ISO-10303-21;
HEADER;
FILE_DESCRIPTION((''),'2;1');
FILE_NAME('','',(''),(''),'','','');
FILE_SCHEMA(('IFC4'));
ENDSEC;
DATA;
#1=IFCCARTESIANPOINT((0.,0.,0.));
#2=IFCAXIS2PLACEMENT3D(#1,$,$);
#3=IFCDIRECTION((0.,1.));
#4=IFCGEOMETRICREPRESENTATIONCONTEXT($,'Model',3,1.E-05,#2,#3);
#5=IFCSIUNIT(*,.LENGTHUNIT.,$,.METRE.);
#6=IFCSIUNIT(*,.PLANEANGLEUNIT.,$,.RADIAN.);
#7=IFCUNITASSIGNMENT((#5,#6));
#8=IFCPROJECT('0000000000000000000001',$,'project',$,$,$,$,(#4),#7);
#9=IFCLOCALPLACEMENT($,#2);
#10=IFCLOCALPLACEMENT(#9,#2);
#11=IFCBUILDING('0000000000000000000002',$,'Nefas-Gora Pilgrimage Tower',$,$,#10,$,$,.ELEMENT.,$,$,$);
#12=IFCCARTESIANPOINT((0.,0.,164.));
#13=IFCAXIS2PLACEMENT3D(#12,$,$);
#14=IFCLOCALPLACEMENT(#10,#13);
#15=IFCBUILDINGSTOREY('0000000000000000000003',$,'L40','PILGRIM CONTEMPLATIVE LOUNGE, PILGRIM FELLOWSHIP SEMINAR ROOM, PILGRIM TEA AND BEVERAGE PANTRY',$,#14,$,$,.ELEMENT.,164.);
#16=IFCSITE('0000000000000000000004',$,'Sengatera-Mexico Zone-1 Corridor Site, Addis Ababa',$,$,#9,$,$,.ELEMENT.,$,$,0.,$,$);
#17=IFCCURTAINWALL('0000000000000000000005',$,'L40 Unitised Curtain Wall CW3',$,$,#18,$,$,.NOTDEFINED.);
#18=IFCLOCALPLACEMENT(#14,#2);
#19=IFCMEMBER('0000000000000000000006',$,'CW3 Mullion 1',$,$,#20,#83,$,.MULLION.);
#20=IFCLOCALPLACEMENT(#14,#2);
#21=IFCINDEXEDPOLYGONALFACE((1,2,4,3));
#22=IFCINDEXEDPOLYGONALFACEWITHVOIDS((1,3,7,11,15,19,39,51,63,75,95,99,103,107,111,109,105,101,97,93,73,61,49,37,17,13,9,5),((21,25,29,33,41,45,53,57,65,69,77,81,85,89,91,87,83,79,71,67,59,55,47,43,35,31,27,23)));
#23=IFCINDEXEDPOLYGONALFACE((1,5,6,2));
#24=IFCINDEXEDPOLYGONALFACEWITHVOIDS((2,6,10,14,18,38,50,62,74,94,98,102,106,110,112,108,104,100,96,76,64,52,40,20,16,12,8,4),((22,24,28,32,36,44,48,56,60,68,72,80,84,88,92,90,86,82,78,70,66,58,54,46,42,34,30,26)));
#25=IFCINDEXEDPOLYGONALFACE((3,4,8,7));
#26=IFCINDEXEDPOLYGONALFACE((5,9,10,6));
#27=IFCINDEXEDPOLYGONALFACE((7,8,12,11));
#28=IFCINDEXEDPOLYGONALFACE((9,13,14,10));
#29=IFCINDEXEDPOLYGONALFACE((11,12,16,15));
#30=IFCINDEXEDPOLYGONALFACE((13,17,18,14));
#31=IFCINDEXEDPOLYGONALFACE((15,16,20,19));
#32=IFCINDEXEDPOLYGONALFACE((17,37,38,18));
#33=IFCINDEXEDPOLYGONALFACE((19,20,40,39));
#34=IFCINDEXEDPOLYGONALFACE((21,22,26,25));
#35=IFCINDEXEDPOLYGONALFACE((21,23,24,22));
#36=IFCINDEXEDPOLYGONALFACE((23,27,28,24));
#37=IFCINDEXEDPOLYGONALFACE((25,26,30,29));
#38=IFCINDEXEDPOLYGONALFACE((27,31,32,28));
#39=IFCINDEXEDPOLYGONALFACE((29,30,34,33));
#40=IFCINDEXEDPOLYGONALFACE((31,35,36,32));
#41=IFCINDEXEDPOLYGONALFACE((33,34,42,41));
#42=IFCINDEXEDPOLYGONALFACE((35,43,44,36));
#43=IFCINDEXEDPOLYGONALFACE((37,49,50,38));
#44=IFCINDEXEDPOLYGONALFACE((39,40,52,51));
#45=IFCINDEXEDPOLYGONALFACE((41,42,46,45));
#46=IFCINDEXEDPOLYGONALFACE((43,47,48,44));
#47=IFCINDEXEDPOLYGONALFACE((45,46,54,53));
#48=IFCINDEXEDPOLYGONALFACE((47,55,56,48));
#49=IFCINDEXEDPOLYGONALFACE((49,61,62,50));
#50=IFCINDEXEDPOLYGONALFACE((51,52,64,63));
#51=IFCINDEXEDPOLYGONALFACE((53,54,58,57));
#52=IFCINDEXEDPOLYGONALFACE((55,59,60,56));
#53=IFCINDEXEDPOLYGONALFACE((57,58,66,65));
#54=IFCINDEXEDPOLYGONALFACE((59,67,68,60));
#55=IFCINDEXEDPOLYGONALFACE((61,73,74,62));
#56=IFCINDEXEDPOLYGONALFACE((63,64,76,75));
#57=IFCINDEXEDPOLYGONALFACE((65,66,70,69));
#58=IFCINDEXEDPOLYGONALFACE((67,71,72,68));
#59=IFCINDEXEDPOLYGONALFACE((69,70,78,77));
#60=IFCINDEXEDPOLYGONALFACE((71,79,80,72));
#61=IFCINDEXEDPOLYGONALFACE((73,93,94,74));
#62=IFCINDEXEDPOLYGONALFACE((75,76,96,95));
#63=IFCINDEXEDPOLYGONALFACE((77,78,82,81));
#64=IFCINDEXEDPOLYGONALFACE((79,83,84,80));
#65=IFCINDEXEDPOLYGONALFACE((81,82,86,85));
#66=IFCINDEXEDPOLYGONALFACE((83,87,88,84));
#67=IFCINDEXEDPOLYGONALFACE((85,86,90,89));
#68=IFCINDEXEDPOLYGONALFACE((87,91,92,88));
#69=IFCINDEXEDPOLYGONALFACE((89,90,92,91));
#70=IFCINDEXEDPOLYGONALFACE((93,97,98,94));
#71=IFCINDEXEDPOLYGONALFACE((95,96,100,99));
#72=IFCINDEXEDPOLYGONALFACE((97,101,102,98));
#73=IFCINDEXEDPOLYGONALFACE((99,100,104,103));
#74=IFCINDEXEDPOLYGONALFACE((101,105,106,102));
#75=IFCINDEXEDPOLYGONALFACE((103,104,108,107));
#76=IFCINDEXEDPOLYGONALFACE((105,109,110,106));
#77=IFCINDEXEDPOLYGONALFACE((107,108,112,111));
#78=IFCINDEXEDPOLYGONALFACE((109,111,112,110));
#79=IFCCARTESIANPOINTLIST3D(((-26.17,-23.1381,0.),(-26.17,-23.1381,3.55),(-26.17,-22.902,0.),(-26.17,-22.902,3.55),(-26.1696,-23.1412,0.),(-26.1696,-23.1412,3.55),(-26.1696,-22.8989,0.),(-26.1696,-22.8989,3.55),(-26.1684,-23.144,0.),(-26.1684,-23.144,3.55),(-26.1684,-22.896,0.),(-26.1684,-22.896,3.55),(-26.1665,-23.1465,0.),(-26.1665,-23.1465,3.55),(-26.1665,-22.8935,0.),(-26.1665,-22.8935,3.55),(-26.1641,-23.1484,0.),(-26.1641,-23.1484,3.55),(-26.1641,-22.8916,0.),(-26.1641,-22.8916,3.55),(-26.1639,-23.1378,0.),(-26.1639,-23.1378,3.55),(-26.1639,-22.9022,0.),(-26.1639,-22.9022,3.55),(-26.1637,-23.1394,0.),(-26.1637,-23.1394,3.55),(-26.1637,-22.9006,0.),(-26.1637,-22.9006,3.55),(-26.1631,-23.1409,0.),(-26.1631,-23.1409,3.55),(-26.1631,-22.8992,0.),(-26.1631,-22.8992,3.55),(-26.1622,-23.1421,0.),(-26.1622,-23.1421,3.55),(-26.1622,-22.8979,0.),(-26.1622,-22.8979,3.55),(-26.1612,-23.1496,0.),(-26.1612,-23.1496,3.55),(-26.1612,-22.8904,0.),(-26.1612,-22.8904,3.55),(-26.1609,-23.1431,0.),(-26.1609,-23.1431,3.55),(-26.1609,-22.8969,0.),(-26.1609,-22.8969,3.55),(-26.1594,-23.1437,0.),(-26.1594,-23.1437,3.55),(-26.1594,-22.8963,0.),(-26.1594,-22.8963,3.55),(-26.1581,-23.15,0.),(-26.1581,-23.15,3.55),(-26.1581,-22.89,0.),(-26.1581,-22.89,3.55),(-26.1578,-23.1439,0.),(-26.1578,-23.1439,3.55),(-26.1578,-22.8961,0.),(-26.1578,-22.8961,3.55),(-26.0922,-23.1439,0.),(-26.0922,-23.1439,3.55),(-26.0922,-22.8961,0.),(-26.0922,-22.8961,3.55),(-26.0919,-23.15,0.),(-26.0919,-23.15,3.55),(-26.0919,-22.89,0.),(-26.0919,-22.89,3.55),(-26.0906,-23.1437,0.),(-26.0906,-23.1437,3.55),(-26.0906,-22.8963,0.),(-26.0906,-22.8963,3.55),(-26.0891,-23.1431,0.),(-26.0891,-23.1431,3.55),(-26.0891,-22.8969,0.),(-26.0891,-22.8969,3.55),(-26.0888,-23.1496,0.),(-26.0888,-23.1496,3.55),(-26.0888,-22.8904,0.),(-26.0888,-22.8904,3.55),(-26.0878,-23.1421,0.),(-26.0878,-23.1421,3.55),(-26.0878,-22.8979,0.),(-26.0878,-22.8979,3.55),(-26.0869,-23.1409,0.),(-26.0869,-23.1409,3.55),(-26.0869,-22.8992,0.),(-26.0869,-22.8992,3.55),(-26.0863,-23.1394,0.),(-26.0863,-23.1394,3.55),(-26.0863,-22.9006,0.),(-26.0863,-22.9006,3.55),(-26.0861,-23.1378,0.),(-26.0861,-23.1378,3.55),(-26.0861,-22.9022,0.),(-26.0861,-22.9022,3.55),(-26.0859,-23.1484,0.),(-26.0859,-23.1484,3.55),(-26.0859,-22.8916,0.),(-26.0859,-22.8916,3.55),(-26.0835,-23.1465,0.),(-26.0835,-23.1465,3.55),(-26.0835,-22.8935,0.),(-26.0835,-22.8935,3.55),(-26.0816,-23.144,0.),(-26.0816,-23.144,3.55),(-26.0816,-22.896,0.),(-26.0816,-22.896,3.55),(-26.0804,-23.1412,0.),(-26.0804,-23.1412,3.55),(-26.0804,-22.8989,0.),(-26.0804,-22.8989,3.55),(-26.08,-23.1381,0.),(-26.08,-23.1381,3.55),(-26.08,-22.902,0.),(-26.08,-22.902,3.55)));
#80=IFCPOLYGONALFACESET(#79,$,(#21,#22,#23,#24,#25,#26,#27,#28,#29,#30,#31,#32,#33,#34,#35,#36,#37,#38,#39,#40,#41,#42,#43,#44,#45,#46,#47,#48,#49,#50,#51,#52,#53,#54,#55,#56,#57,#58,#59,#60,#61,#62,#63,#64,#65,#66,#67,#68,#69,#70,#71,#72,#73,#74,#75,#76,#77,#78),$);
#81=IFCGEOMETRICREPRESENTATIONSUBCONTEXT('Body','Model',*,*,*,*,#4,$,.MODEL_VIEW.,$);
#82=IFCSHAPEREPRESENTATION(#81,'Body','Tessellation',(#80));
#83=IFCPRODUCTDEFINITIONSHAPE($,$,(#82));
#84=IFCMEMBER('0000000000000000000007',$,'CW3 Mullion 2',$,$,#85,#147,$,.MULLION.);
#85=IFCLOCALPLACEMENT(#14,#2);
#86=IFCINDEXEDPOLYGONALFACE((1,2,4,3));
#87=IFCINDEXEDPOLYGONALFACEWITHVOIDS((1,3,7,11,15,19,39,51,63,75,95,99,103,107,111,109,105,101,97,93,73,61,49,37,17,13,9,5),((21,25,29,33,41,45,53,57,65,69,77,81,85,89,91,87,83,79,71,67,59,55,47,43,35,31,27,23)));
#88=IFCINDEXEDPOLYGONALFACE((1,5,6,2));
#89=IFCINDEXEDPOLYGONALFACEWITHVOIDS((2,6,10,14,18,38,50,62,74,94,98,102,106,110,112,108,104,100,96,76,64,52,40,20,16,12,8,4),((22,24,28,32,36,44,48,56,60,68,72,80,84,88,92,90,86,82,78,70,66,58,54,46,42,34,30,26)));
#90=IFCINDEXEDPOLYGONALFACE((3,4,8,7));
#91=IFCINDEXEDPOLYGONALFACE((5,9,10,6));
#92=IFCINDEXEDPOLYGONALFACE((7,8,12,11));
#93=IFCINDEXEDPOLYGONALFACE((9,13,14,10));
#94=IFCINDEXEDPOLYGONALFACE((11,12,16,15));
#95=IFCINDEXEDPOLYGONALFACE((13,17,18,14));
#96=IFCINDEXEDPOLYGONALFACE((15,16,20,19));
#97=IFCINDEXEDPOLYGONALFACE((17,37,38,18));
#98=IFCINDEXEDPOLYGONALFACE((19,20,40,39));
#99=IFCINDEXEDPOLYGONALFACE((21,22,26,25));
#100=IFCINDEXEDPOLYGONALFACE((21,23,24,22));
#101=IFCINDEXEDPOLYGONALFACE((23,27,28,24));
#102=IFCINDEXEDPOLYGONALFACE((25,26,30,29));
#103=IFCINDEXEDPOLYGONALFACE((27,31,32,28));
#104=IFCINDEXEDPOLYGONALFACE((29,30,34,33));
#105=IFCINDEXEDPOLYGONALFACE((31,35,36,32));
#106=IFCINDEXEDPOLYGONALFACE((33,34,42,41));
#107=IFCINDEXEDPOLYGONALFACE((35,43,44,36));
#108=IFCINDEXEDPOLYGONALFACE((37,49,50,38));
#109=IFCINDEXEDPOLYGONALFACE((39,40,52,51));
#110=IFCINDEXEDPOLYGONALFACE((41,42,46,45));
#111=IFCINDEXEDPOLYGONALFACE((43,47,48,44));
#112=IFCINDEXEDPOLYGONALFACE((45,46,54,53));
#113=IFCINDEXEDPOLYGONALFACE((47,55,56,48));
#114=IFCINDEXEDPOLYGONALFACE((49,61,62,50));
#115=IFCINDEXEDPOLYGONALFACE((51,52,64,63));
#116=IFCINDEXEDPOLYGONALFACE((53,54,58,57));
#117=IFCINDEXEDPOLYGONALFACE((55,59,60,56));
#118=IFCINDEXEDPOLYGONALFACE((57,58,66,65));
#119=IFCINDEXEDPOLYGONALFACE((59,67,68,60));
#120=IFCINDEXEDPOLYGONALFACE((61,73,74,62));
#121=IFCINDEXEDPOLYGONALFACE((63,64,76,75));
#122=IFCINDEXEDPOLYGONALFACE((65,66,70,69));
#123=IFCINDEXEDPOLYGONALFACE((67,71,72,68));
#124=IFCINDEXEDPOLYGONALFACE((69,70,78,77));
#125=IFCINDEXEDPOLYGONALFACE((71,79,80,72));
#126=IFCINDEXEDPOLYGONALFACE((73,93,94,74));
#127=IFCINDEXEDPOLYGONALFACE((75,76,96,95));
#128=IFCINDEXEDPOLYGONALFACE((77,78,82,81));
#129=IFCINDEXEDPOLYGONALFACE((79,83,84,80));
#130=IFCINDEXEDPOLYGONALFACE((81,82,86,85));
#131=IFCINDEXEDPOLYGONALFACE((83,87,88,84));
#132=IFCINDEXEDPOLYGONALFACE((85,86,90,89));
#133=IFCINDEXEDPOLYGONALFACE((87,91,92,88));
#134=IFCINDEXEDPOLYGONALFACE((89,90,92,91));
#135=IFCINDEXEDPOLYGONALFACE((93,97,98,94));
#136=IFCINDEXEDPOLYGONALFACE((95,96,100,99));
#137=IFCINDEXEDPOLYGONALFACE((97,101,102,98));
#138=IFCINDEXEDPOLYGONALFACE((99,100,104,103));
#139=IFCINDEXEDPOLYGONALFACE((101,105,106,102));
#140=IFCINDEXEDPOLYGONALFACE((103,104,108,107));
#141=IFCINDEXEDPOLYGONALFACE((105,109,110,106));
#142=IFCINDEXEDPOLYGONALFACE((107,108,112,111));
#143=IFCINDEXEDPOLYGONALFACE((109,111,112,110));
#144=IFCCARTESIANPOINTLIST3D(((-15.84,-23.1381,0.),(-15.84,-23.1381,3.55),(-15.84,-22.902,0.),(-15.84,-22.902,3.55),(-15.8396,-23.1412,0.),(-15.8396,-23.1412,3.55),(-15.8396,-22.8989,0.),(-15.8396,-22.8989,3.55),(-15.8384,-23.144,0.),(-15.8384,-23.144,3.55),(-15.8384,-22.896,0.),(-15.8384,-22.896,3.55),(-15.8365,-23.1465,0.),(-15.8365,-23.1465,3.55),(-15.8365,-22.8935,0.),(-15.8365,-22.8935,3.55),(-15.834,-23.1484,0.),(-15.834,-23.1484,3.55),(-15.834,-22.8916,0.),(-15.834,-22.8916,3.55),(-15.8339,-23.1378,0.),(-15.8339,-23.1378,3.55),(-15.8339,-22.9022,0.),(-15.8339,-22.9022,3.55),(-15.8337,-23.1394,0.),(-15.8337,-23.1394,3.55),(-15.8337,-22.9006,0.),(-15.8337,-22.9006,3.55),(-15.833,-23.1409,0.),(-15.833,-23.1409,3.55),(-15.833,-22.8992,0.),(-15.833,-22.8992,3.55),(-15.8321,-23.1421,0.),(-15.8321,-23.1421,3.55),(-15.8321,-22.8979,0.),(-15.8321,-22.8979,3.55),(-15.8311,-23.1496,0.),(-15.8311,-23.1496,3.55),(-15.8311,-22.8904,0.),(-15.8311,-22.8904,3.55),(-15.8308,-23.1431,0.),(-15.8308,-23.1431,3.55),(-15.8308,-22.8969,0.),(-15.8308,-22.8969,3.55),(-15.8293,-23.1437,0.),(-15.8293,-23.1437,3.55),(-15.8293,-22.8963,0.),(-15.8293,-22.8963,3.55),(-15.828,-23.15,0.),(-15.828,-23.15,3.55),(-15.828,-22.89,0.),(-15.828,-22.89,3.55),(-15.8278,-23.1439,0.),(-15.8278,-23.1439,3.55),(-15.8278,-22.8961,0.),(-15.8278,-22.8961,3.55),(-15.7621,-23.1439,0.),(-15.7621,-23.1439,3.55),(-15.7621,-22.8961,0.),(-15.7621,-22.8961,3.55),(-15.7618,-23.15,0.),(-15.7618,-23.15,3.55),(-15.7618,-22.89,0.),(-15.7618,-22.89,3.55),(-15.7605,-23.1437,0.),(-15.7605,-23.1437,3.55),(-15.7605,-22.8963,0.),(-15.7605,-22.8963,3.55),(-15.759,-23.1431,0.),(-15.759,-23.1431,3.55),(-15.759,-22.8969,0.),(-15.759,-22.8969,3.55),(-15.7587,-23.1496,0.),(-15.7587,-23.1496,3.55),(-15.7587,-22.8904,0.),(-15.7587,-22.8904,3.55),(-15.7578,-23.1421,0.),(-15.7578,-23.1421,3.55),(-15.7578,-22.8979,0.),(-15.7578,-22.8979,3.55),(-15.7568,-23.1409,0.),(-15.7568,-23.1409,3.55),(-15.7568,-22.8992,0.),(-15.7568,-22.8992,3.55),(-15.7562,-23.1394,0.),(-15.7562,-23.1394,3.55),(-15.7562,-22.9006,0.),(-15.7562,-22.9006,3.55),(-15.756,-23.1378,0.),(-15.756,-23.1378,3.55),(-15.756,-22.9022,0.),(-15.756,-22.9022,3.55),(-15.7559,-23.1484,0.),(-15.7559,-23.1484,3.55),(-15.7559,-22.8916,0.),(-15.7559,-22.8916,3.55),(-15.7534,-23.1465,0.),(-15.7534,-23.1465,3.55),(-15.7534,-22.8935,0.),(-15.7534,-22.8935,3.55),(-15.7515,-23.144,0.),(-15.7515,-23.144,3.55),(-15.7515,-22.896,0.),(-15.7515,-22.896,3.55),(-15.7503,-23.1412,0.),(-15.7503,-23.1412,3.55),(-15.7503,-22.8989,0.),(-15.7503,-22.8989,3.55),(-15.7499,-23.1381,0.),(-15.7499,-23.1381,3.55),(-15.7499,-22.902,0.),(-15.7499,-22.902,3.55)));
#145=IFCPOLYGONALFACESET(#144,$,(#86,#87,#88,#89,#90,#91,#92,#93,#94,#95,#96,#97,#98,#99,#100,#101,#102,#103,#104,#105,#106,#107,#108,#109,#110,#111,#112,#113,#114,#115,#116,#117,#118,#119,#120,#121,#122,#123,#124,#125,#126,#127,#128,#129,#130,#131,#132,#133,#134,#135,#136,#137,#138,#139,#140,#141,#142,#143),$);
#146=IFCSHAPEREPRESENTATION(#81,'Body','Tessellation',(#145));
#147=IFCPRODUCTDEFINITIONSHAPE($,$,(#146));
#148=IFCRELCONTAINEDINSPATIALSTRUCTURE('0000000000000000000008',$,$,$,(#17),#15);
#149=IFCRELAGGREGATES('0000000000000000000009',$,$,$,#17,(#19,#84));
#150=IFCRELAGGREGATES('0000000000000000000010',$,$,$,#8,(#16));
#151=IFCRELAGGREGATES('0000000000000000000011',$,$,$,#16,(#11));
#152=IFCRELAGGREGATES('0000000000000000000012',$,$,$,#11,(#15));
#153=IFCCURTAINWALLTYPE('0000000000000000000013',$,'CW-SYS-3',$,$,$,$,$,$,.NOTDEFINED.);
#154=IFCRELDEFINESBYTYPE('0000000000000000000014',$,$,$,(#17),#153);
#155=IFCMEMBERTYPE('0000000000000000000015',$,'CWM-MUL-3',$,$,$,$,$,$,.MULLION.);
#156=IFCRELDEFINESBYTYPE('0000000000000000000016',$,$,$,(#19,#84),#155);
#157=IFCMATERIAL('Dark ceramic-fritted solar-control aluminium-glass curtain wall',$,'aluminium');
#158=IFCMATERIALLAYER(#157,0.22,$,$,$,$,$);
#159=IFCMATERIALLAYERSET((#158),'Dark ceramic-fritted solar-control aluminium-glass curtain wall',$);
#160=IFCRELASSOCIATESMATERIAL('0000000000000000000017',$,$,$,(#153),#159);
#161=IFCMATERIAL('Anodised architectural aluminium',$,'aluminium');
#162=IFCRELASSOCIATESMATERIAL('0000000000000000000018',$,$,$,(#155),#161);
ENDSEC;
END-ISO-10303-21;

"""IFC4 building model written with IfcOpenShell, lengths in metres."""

from ifc_helpers import new_model, si_unit, direction, frame, origin, origin_2d, place, context, subcontext, project, spatial, hollow_rectangle, extrude, source, transform, mapped, material, layer, layer_set, material_profile, profile_set, type_object, element, aggregate, save


model = new_model("IFC4")

# Units and contexts
model_context = context("Model", 3, precision=1e-05, world=origin(), true_north=direction((0.0, 1.0)))
body_context = subcontext(model_context, "Body", "Model", "MODEL_VIEW")
ifc_project = project(units=[si_unit("LENGTHUNIT", "METRE"), si_unit("PLANEANGLEUNIT", "RADIAN")], contexts=[model_context])

# Site, building, storey
site_placement = place(None, origin())
site = spatial("IfcSite", under=ifc_project, at=site_placement, Name="Sengatera-Mexico Zone-1 Corridor Site, Addis Ababa", CompositionType="ELEMENT", RefElevation=0.0)
building_placement = place(site_placement, origin())
building = spatial("IfcBuilding", under=site, at=building_placement, Name="Nefas-Gora Pilgrimage Tower", CompositionType="ELEMENT")
storey_placement = place(building_placement, frame((0.0, 0.0, 164.0)))
storey = spatial("IfcBuildingStorey", under=building, at=storey_placement, Name="L40", Description="PILGRIM CONTEMPLATIVE LOUNGE, PILGRIM FELLOWSHIP SEMINAR ROOM, PILGRIM TEA AND BEVERAGE PANTRY", CompositionType="ELEMENT", Elevation=164.0)

# Shared definitions
ifc_material_1 = material(Name="Dark ceramic-fritted solar-control aluminium-glass curtain wall", Category="aluminium")
ifc_material_2 = material(Name="Anodised architectural aluminium", Category="aluminium")

# Shared definitions
ifc_layer_1 = layer(ifc_material_1, 0.22)
ifc_layer_set_1 = layer_set([ifc_layer_1], Name="Dark ceramic-fritted solar-control aluminium-glass curtain wall")
curtain_wall_type_1 = type_object("IfcCurtainWallType", Name="CW-SYS-3", PredefinedType="NOTDEFINED", material=ifc_layer_set_1)
ifc_material_profile_1 = material_profile(ifc_material_2, hollow_rectangle(XDim=0.0901, YDim=0.26, WallThickness=0.0061, InnerFilletRadius=0.0061, OuterFilletRadius=0.012, at=origin_2d()), Name="ALU MULLION 90x260")
ifc_profile_set_1 = profile_set([ifc_material_profile_1], Name="Anodised architectural aluminium")
member_type_1 = type_object("IfcMemberType", Name="CWM-MUL-3", PredefinedType="MULLION", material=ifc_profile_set_1)
shared_shape_1 = source(origin(), body_context, "Body", "SweptSolid", [
    extrude(hollow_rectangle(XDim=0.0901, YDim=0.26, WallThickness=0.0061, InnerFilletRadius=0.0061, OuterFilletRadius=0.012, at=origin_2d()), origin(), (0.0, 0.0, 1.0), 3.55),
])

# Curtain wall, members
curtain_wall_1_placement = place(storey_placement, origin())
curtain_wall_1 = element("IfcCurtainWall", 1, at=curtain_wall_1_placement, inside=storey, type_object=curtain_wall_type_1, Name="L40 Unitised Curtain Wall CW3", PredefinedType="NOTDEFINED")
member_1_placement = place(storey_placement, frame((-26.125, -23.02, 0.0), z_axis=(0.0, 0.0, 1.0), x_axis=(1.0, 0.0, 0.0)))
member_1 = element("IfcMember", 2, at=member_1_placement, type_object=member_type_1, Name="CW3 Mullion 1", PredefinedType="MULLION", context=body_context, shape_type="MappedRepresentation", body=[
    mapped(shared_shape_1, transform((0.0, 0.0, 0.0), x_axis=(1.0, 0.0, 0.0), y_axis=(0.0, 1.0, 0.0), z_axis=(0.0, 0.0, 1.0), scale=1.0)),
])
member_2_placement = place(storey_placement, frame((-15.7949, -23.02, 0.0), z_axis=(0.0, 0.0, 1.0), x_axis=(1.0, 0.0, 0.0)))
member_2 = element("IfcMember", 3, at=member_2_placement, type_object=member_type_1, Name="CW3 Mullion 2", PredefinedType="MULLION", context=body_context, shape_type="MappedRepresentation", body=[
    mapped(shared_shape_1, transform((0.0, 0.0, 0.0), x_axis=(1.0, 0.0, 0.0), y_axis=(0.0, 1.0, 0.0), z_axis=(0.0, 0.0, 1.0), scale=1.0)),
])

aggregate(curtain_wall_1, [member_1, member_2])

save(model, "model.ifc")
